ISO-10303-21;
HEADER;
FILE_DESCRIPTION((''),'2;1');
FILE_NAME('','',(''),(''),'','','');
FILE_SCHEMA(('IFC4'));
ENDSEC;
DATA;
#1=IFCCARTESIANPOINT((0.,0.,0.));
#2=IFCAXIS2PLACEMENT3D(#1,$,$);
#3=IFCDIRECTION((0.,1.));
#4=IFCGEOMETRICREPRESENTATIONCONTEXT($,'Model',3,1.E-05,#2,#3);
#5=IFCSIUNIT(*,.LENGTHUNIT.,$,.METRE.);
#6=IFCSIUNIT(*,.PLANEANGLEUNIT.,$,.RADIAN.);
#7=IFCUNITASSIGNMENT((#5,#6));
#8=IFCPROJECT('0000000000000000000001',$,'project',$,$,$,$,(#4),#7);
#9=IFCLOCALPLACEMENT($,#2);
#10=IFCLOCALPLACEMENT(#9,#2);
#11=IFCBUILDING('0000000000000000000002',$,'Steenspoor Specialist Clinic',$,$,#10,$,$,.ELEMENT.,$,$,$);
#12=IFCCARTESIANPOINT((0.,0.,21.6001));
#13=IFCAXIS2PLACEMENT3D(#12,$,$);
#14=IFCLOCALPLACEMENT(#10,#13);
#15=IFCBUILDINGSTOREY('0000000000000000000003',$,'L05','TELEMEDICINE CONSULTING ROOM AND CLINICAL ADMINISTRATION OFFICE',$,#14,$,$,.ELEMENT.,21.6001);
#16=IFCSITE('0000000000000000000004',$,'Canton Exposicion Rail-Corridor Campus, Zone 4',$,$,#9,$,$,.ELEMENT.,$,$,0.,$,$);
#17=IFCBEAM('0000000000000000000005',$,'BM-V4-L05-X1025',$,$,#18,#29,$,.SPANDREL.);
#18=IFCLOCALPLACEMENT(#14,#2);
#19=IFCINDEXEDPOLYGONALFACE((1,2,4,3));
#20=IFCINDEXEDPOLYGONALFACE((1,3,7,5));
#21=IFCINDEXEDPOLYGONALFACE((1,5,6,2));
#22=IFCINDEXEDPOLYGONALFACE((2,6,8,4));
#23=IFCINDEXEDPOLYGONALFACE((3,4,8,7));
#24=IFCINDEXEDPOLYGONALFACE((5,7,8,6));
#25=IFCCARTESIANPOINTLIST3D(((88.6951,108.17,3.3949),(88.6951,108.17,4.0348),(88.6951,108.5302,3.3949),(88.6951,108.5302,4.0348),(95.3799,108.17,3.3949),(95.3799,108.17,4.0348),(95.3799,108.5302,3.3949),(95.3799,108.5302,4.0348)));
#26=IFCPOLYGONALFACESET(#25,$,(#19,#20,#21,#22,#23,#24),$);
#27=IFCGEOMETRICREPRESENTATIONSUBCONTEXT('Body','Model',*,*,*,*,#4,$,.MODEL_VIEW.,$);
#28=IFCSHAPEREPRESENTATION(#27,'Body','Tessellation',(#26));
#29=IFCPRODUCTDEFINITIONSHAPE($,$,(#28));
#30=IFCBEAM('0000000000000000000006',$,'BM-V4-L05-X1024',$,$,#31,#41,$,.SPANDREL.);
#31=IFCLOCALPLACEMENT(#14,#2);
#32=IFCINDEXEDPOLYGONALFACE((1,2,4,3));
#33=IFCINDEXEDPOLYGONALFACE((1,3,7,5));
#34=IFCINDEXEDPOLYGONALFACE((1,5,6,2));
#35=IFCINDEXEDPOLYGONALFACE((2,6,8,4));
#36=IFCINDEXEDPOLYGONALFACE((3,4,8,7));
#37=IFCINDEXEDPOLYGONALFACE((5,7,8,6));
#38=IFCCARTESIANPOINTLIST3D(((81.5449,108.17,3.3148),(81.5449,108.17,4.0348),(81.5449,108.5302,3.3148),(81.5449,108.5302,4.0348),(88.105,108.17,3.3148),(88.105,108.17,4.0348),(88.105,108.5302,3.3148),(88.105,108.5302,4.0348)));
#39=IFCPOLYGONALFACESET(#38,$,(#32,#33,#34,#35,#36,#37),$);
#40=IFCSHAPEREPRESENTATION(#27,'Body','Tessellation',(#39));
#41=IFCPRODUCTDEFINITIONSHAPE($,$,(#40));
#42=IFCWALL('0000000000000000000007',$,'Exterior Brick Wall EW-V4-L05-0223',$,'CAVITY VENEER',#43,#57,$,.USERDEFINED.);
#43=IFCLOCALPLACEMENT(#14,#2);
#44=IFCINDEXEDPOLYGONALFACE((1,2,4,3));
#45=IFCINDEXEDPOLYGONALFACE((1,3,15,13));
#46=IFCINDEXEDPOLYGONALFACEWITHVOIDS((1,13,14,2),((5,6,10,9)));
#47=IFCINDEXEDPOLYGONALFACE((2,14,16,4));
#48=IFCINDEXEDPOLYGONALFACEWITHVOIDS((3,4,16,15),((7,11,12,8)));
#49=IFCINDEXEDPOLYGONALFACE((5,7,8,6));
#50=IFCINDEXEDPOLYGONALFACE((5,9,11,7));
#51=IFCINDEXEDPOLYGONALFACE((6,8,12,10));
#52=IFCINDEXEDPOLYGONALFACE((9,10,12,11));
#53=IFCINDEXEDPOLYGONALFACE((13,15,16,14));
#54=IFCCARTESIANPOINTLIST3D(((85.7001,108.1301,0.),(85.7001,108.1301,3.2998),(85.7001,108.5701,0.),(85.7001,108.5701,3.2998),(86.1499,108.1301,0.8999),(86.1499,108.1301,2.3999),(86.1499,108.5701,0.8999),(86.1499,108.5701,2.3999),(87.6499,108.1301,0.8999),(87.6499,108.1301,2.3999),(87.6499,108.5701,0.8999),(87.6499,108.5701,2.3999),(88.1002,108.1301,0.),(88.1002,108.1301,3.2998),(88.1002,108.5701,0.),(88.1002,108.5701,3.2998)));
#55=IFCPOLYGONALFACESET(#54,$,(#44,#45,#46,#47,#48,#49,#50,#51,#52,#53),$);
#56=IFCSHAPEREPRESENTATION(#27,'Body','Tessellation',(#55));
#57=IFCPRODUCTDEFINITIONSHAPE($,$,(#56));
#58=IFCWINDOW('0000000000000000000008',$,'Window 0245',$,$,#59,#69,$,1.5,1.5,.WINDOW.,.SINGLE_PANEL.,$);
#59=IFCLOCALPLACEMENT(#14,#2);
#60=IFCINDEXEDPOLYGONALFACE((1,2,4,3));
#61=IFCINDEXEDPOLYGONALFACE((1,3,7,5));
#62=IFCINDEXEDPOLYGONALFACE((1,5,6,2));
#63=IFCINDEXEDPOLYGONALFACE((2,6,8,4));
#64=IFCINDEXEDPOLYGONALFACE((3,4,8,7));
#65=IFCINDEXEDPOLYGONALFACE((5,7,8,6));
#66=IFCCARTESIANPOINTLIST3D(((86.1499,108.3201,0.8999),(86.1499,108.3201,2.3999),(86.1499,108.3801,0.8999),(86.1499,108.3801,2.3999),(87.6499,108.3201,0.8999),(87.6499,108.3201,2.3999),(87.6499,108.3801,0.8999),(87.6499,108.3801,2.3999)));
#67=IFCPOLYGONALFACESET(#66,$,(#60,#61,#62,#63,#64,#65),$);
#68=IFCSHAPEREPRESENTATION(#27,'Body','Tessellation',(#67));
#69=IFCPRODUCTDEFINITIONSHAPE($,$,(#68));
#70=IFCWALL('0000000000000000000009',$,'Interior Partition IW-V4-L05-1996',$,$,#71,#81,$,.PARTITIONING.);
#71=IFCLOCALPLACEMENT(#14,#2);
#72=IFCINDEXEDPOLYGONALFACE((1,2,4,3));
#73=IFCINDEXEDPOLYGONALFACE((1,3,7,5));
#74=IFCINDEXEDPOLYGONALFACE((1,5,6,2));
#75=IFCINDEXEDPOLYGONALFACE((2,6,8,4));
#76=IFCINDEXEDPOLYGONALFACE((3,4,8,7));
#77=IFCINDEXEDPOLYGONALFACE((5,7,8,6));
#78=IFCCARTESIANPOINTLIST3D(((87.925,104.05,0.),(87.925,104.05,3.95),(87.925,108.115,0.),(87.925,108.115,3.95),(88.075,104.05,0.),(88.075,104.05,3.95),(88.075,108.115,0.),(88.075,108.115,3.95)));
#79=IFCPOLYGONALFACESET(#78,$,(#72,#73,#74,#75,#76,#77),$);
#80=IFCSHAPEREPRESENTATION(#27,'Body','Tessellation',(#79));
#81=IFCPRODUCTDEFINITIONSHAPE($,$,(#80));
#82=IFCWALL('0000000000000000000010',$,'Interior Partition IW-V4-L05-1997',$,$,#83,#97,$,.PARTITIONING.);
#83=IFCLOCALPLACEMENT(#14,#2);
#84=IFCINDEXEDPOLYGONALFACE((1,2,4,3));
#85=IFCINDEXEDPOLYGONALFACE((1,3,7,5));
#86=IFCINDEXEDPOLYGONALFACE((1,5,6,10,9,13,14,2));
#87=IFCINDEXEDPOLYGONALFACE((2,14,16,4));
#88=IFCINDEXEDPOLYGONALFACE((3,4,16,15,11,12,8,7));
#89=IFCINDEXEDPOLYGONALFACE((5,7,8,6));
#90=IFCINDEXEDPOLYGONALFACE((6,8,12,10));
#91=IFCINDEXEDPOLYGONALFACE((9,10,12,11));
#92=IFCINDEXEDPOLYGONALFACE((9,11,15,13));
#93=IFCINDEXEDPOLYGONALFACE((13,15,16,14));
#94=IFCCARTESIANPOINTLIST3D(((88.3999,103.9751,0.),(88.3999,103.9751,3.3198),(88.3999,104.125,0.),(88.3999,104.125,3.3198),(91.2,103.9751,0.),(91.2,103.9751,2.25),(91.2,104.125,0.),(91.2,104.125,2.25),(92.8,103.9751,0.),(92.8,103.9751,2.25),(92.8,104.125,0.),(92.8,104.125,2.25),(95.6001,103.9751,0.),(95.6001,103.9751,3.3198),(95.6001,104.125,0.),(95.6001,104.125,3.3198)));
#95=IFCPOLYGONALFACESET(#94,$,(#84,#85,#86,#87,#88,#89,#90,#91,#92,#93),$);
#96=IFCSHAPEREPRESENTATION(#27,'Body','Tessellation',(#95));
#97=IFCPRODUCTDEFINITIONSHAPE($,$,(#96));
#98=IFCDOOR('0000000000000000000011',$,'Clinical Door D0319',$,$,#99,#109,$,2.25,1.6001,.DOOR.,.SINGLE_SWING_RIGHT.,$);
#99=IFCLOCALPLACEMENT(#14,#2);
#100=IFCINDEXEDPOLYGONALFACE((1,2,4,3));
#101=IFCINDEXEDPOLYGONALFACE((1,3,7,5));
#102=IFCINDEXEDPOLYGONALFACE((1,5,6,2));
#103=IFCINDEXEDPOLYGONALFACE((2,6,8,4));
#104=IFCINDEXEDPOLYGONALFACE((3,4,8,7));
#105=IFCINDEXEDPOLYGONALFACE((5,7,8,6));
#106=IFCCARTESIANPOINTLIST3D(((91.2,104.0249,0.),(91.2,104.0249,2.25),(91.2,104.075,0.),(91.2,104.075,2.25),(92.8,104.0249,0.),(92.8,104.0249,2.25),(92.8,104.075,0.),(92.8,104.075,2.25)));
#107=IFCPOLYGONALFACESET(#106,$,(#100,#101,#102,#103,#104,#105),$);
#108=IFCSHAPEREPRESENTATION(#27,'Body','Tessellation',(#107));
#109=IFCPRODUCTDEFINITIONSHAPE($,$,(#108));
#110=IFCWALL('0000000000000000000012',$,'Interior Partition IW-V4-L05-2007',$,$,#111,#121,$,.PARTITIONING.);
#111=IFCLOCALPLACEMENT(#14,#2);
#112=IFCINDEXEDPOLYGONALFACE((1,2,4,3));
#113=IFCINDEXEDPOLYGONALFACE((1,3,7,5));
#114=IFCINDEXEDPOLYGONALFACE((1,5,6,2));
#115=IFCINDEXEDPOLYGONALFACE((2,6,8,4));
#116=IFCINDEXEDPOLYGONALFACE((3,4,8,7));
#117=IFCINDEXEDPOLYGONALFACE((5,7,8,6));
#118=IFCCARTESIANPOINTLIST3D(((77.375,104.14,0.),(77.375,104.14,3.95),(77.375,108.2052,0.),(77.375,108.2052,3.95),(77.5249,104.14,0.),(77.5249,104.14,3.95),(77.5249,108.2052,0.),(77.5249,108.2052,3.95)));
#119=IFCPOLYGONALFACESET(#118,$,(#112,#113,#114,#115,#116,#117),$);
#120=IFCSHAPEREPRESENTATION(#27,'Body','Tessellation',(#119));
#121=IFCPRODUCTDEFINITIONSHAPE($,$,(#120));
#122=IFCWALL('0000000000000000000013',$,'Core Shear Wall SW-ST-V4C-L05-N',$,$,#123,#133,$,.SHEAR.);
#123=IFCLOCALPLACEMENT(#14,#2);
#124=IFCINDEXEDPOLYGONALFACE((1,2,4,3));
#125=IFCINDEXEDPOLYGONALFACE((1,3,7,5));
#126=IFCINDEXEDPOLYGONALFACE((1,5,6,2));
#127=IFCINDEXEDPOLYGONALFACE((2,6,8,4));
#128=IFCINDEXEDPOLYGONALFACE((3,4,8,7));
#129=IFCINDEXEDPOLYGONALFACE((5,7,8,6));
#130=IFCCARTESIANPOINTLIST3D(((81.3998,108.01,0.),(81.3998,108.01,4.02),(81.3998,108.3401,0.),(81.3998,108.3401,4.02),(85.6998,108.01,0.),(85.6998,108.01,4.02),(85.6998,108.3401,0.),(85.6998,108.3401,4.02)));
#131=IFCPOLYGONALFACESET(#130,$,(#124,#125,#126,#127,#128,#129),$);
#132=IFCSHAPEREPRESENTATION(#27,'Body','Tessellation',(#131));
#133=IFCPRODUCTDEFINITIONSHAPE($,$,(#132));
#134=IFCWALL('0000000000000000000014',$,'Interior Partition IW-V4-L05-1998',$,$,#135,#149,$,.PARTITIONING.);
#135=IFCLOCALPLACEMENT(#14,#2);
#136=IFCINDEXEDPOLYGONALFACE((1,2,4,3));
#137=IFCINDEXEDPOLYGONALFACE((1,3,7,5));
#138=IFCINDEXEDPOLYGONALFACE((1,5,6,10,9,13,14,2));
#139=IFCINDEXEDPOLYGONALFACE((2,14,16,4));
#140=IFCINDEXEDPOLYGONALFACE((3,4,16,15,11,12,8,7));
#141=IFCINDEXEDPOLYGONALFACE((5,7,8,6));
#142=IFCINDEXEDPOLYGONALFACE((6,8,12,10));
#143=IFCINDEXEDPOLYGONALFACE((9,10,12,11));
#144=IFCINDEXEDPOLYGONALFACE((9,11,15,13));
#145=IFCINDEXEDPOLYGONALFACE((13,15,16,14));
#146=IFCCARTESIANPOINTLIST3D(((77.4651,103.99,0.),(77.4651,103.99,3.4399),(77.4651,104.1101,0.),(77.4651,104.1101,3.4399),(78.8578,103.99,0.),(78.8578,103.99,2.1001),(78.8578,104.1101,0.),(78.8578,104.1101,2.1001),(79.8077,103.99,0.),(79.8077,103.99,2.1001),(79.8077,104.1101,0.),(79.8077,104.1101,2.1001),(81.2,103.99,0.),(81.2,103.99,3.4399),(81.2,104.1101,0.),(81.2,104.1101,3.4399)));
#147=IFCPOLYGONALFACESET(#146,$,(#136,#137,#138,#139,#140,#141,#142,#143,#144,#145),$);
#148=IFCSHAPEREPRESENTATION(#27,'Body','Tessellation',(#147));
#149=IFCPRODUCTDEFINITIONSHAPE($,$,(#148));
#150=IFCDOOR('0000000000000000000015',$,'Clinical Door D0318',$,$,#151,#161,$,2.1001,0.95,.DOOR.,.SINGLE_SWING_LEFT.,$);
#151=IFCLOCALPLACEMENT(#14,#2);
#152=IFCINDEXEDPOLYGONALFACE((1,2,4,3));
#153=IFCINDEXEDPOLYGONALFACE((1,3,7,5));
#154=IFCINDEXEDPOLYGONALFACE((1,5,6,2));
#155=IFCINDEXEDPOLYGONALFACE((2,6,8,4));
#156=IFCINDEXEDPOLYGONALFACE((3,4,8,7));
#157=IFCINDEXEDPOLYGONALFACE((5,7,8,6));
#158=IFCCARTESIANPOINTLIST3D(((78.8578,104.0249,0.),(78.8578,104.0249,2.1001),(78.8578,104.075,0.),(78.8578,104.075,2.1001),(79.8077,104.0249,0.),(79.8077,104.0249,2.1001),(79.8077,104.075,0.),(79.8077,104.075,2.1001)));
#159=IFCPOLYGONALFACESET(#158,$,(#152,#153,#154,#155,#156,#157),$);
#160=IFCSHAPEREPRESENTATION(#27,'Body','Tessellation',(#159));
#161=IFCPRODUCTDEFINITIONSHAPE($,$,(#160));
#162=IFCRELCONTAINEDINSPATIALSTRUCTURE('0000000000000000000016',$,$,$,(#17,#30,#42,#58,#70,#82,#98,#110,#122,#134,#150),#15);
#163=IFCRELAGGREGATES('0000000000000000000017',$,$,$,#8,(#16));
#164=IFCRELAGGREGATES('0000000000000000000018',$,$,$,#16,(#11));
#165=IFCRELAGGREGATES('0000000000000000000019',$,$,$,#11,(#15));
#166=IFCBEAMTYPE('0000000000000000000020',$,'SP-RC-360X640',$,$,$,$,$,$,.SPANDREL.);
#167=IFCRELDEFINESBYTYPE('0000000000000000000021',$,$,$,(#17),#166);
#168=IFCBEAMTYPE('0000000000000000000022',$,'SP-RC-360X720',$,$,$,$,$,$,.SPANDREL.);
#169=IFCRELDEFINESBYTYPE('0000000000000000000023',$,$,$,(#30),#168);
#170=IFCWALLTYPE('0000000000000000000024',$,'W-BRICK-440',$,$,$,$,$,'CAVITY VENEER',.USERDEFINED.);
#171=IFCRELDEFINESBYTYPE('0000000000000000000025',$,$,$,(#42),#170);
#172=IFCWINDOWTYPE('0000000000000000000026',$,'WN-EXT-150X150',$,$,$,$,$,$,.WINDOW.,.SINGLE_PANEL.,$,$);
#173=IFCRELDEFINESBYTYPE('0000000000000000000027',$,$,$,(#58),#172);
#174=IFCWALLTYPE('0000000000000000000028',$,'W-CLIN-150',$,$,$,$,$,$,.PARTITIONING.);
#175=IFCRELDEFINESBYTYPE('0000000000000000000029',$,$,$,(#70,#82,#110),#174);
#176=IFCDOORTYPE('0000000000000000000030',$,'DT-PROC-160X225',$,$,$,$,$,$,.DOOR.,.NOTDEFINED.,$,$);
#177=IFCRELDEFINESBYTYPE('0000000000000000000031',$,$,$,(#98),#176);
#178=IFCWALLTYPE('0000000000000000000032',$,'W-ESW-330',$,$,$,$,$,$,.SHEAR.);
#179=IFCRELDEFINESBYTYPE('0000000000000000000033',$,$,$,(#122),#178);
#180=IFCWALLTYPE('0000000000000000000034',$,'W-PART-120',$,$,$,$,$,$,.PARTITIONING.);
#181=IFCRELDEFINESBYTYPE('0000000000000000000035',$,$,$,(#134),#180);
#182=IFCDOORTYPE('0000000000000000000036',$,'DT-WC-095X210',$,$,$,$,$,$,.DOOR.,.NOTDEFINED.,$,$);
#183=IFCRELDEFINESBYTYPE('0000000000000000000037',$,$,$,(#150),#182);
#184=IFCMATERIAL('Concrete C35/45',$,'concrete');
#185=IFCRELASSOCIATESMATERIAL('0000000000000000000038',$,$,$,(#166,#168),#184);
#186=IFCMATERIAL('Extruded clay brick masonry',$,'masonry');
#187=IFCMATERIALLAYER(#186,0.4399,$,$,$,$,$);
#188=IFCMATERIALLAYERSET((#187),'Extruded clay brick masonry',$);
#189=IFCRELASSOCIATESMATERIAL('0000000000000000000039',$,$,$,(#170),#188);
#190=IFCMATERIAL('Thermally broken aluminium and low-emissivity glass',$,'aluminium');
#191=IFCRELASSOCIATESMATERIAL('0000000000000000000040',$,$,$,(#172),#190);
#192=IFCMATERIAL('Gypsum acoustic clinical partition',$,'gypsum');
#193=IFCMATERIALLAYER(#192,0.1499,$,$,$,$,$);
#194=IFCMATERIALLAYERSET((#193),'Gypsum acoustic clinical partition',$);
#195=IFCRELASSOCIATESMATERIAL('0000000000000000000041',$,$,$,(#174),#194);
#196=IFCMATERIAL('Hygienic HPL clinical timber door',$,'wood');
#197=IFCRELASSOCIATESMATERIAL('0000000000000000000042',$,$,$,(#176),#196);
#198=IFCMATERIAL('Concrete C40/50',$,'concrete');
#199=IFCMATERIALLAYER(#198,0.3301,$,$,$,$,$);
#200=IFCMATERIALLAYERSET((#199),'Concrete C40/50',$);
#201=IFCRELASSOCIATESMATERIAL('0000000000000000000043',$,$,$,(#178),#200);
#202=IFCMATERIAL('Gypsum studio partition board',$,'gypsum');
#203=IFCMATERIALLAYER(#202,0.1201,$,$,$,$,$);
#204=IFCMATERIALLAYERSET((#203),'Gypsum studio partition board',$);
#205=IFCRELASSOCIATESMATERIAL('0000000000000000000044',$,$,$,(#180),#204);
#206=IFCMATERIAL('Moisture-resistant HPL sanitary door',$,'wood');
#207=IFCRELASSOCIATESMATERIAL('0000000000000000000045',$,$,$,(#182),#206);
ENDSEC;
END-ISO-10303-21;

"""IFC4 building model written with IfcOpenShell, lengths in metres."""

from ifc_helpers import new_model, si_unit, direction, frame, frame_2d, origin, origin_2d, place, context, subcontext, project, spatial, rectangle, extrude, material, layer, layer_set, material_profile, profile_set, type_object, element, fill, save


model = new_model("IFC4")

# Units and contexts
model_context = context("Model", 3, precision=1e-05, world=origin(), true_north=direction((0.0, 1.0)))
body_context = subcontext(model_context, "Body", "Model", "MODEL_VIEW")
ifc_project = project(units=[si_unit("LENGTHUNIT", "METRE"), si_unit("PLANEANGLEUNIT", "RADIAN")], contexts=[model_context])

# Site, building, storey
site_placement = place(None, origin())
site = spatial("IfcSite", under=ifc_project, at=site_placement, Name="Canton Exposicion Rail-Corridor Campus, Zone 4", CompositionType="ELEMENT", RefElevation=0.0)
building_placement = place(site_placement, origin())
building = spatial("IfcBuilding", under=site, at=building_placement, Name="Steenspoor Specialist Clinic", CompositionType="ELEMENT")
storey_placement = place(building_placement, frame((0.0, 0.0, 21.6001)))
storey = spatial("IfcBuildingStorey", under=building, at=storey_placement, Name="L05", Description="TELEMEDICINE CONSULTING ROOM AND CLINICAL ADMINISTRATION OFFICE", CompositionType="ELEMENT", Elevation=21.6001)

# Shared definitions
ifc_material_1 = material(Name="Concrete C40/50", Category="concrete")

# Shared definitions
ifc_material_2 = material(Name="Concrete C35/45", Category="concrete")

# Shared definitions
ifc_material_3 = material(Name="Thermally broken aluminium and low-emissivity glass", Category="aluminium")

# Beams
ifc_material_profile_1 = material_profile(ifc_material_2, rectangle(XDim=0.3601, YDim=0.6399, at=origin_2d()), Name="RC-SP-360X640")
ifc_profile_set_1 = profile_set([ifc_material_profile_1], Name="Concrete C35/45")
beam_type_1 = type_object("IfcBeamType", Name="SP-RC-360X640", PredefinedType="SPANDREL", material=ifc_profile_set_1)
beam_1_placement = place(storey_placement, frame((88.6951, 108.3501, 3.7148), z_axis=(1.0, 0.0, 0.0), x_axis=(0.0, 1.0, 0.0)))
element("IfcBeam", 1, at=beam_1_placement, inside=storey, type_object=beam_type_1, Name="BM-V4-L05-X1025", PredefinedType="SPANDREL", context=body_context, shape_type="SweptSolid", body=[
    extrude(rectangle(XDim=0.3601, YDim=0.6399, at=origin_2d()), origin(), (0.0, 0.0, 1.0), 6.6848),
])
ifc_material_profile_2 = material_profile(ifc_material_2, rectangle(XDim=0.3601, YDim=0.72, at=origin_2d()), Name="RC-SP-360X720")
ifc_profile_set_2 = profile_set([ifc_material_profile_2], Name="Concrete C35/45")
beam_type_2 = type_object("IfcBeamType", Name="SP-RC-360X720", PredefinedType="SPANDREL", material=ifc_profile_set_2)
beam_2_placement = place(storey_placement, frame((81.5449, 108.3501, 3.6748), z_axis=(1.0, 0.0, 0.0), x_axis=(0.0, 1.0, 0.0)))
element("IfcBeam", 2, at=beam_2_placement, inside=storey, type_object=beam_type_2, Name="BM-V4-L05-X1024", PredefinedType="SPANDREL", context=body_context, shape_type="SweptSolid", body=[
    extrude(rectangle(XDim=0.3601, YDim=0.72, at=origin_2d()), origin(), (0.0, 0.0, 1.0), 6.5601),
])

# Wall, opening, window
ifc_material_4 = material(Name="Extruded clay brick masonry", Category="masonry")
ifc_layer_1 = layer(ifc_material_4, 0.4399)
ifc_layer_set_1 = layer_set([ifc_layer_1], Name="Extruded clay brick masonry")
wall_type_1 = type_object("IfcWallType", Name="W-BRICK-440", ElementType="CAVITY VENEER", PredefinedType="USERDEFINED", material=ifc_layer_set_1)
wall_1_placement = place(storey_placement, frame((85.7, 108.3501, 0.0), z_axis=(0.0, 0.0, 1.0), x_axis=(1.0, 0.0, 0.0)))
wall_1 = element("IfcWall", 3, at=wall_1_placement, inside=storey, type_object=wall_type_1, Name="Exterior Brick Wall EW-V4-L05-0223", ObjectType="CAVITY VENEER", PredefinedType="USERDEFINED", context=body_context, shape_type="SweptSolid", body=[
    extrude(rectangle(XDim=2.4001, YDim=0.4399, at=frame_2d((1.2002, 0.0))), origin(), (0.0, 0.0, 1.0), 3.2998),
])
opening_1_placement = place(wall_1_placement, frame((0.45, 0.0, 0.8999)))
opening_1 = element("IfcOpeningElement", 4, at=opening_1_placement, cuts=wall_1, PredefinedType="OPENING", context=body_context, shape_type="SweptSolid", body=[
    extrude(rectangle(XDim=1.5, YDim=1.5, at=frame_2d((0.75, 0.75))), frame((0.0, 0.23, 0.0), z_axis=(0.0, -1.0, 0.0), x_axis=(1.0, 0.0, 0.0)), (0.0, 0.0, 1.0), 0.46),
])
window_type_1 = type_object("IfcWindowType", Name="WN-EXT-150X150", PartitioningType="SINGLE_PANEL", PredefinedType="WINDOW", material=ifc_material_3)
window_1_placement = place(opening_1_placement, origin())
window_1 = element("IfcWindow", 5, at=window_1_placement, inside=storey, type_object=window_type_1, Name="Window 0245", OverallHeight=1.5, OverallWidth=1.5, PartitioningType="SINGLE_PANEL", PredefinedType="WINDOW", context=body_context, shape_type="SweptSolid", body=[
    extrude(rectangle(XDim=1.5, YDim=1.5, at=frame_2d((0.75, 0.75))), frame((0.0, 0.03, 0.0), z_axis=(0.0, -1.0, 0.0), x_axis=(1.0, 0.0, 0.0)), (0.0, 0.0, 1.0), 0.0601),
])
fill(opening_1, window_1)

# Wall
ifc_material_5 = material(Name="Gypsum acoustic clinical partition", Category="gypsum")
ifc_layer_2 = layer(ifc_material_5, 0.1499)
ifc_layer_set_2 = layer_set([ifc_layer_2], Name="Gypsum acoustic clinical partition")
wall_type_2 = type_object("IfcWallType", Name="W-CLIN-150", PredefinedType="PARTITIONING", material=ifc_layer_set_2)
wall_2_placement = place(storey_placement, frame((88.0, 104.05, 0.0), z_axis=(0.0, 0.0, 1.0), x_axis=(0.0, 1.0, 0.0)))
element("IfcWall", 6, at=wall_2_placement, inside=storey, type_object=wall_type_2, Name="Interior Partition IW-V4-L05-1996", PredefinedType="PARTITIONING", context=body_context, shape_type="SweptSolid", body=[
    extrude(rectangle(XDim=4.0649, YDim=0.1499, at=frame_2d((2.0325, 0.0))), origin(), (0.0, 0.0, 1.0), 3.95),
])

# Wall, opening, door
wall_3_placement = place(storey_placement, frame((88.3999, 104.05, 0.0), z_axis=(0.0, 0.0, 1.0), x_axis=(1.0, 0.0, 0.0)))
wall_3 = element("IfcWall", 7, at=wall_3_placement, inside=storey, type_object=wall_type_2, Name="Interior Partition IW-V4-L05-1997", PredefinedType="PARTITIONING", context=body_context, shape_type="SweptSolid", body=[
    extrude(rectangle(XDim=7.2002, YDim=0.1499, at=frame_2d((3.6001, 0.0))), origin(), (0.0, 0.0, 1.0), 3.3198),
])
opening_2_placement = place(wall_3_placement, frame((2.8, 0.0, 0.0)))
opening_2 = element("IfcOpeningElement", 8, at=opening_2_placement, cuts=wall_3, PredefinedType="OPENING", context=body_context, shape_type="SweptSolid", body=[
    extrude(rectangle(XDim=1.6001, YDim=2.25, at=frame_2d((0.8, 1.125))), frame((0.0, 0.085, 0.0), z_axis=(0.0, -1.0, 0.0), x_axis=(1.0, 0.0, 0.0)), (0.0, 0.0, 1.0), 0.1699),
])
ifc_material_6 = material(Name="Hygienic HPL clinical timber door", Category="wood")
door_type_1 = type_object("IfcDoorType", Name="DT-PROC-160X225", OperationType="NOTDEFINED", PredefinedType="DOOR", material=ifc_material_6)
door_1_placement = place(opening_2_placement, origin())
door_1 = element("IfcDoor", 9, at=door_1_placement, inside=storey, type_object=door_type_1, Name="Clinical Door D0319", OperationType="SINGLE_SWING_RIGHT", OverallHeight=2.25, OverallWidth=1.6001, PredefinedType="DOOR", context=body_context, shape_type="SweptSolid", body=[
    extrude(rectangle(XDim=1.6001, YDim=2.25, at=frame_2d((0.8, 1.125))), frame((0.0, 0.0249, 0.0), z_axis=(0.0, -1.0, 0.0), x_axis=(1.0, 0.0, 0.0)), (0.0, 0.0, 1.0), 0.05),
])
fill(opening_2, door_1)

# Walls
wall_4_placement = place(storey_placement, frame((77.45, 104.1399, 0.0), z_axis=(0.0, 0.0, 1.0), x_axis=(0.0, 1.0, 0.0)))
element("IfcWall", 10, at=wall_4_placement, inside=storey, type_object=wall_type_2, Name="Interior Partition IW-V4-L05-2007", PredefinedType="PARTITIONING", context=body_context, shape_type="SweptSolid", body=[
    extrude(rectangle(XDim=4.0652, YDim=0.1499, at=frame_2d((2.0327, 0.0))), origin(), (0.0, 0.0, 1.0), 3.95),
])
ifc_layer_3 = layer(ifc_material_1, 0.3301)
ifc_layer_set_3 = layer_set([ifc_layer_3], Name="Concrete C40/50")
wall_type_3 = type_object("IfcWallType", Name="W-ESW-330", PredefinedType="SHEAR", material=ifc_layer_set_3)
wall_5_placement = place(storey_placement, frame((81.3999, 108.175, 0.0), z_axis=(0.0, 0.0, 1.0), x_axis=(1.0, 0.0, 0.0)))
element("IfcWall", 11, at=wall_5_placement, inside=storey, type_object=wall_type_3, Name="Core Shear Wall SW-ST-V4C-L05-N", PredefinedType="SHEAR", context=body_context, shape_type="SweptSolid", body=[
    extrude(rectangle(XDim=4.3, YDim=0.3301, at=frame_2d((2.1499, 0.0))), origin(), (0.0, 0.0, 1.0), 4.02),
])

# Wall, opening, door
ifc_material_7 = material(Name="Gypsum studio partition board", Category="gypsum")
ifc_layer_4 = layer(ifc_material_7, 0.1201)
ifc_layer_set_4 = layer_set([ifc_layer_4], Name="Gypsum studio partition board")
wall_type_4 = type_object("IfcWallType", Name="W-PART-120", PredefinedType="PARTITIONING", material=ifc_layer_set_4)
wall_6_placement = place(storey_placement, frame((77.4651, 104.05, 0.0), z_axis=(0.0, 0.0, 1.0), x_axis=(1.0, 0.0, 0.0)))
wall_6 = element("IfcWall", 12, at=wall_6_placement, inside=storey, type_object=wall_type_4, Name="Interior Partition IW-V4-L05-1998", PredefinedType="PARTITIONING", context=body_context, shape_type="SweptSolid", body=[
    extrude(rectangle(XDim=3.7349, YDim=0.1201, at=frame_2d((1.8674, 0.0))), origin(), (0.0, 0.0, 1.0), 3.4399),
])
opening_3_placement = place(wall_6_placement, frame((1.3926, 0.0, 0.0)))
opening_3 = element("IfcOpeningElement", 13, at=opening_3_placement, cuts=wall_6, PredefinedType="OPENING", context=body_context, shape_type="SweptSolid", body=[
    extrude(rectangle(XDim=0.95, YDim=2.1001, at=frame_2d((0.4751, 1.05))), frame((0.0, 0.0701, 0.0), z_axis=(0.0, -1.0, 0.0), x_axis=(1.0, 0.0, 0.0)), (0.0, 0.0, 1.0), 0.1401),
])
ifc_material_8 = material(Name="Moisture-resistant HPL sanitary door", Category="wood")
door_type_2 = type_object("IfcDoorType", Name="DT-WC-095X210", OperationType="NOTDEFINED", PredefinedType="DOOR", material=ifc_material_8)
door_2_placement = place(opening_3_placement, origin())
door_2 = element("IfcDoor", 14, at=door_2_placement, inside=storey, type_object=door_type_2, Name="Clinical Door D0318", OperationType="SINGLE_SWING_LEFT", OverallHeight=2.1001, OverallWidth=0.95, PredefinedType="DOOR", context=body_context, shape_type="SweptSolid", body=[
    extrude(rectangle(XDim=0.95, YDim=2.1001, at=frame_2d((0.4751, 1.05))), frame((0.0, 0.0249, 0.0), z_axis=(0.0, -1.0, 0.0), x_axis=(1.0, 0.0, 0.0)), (0.0, 0.0, 1.0), 0.05),
])
fill(opening_3, door_2)

save(model, "model.ifc")
